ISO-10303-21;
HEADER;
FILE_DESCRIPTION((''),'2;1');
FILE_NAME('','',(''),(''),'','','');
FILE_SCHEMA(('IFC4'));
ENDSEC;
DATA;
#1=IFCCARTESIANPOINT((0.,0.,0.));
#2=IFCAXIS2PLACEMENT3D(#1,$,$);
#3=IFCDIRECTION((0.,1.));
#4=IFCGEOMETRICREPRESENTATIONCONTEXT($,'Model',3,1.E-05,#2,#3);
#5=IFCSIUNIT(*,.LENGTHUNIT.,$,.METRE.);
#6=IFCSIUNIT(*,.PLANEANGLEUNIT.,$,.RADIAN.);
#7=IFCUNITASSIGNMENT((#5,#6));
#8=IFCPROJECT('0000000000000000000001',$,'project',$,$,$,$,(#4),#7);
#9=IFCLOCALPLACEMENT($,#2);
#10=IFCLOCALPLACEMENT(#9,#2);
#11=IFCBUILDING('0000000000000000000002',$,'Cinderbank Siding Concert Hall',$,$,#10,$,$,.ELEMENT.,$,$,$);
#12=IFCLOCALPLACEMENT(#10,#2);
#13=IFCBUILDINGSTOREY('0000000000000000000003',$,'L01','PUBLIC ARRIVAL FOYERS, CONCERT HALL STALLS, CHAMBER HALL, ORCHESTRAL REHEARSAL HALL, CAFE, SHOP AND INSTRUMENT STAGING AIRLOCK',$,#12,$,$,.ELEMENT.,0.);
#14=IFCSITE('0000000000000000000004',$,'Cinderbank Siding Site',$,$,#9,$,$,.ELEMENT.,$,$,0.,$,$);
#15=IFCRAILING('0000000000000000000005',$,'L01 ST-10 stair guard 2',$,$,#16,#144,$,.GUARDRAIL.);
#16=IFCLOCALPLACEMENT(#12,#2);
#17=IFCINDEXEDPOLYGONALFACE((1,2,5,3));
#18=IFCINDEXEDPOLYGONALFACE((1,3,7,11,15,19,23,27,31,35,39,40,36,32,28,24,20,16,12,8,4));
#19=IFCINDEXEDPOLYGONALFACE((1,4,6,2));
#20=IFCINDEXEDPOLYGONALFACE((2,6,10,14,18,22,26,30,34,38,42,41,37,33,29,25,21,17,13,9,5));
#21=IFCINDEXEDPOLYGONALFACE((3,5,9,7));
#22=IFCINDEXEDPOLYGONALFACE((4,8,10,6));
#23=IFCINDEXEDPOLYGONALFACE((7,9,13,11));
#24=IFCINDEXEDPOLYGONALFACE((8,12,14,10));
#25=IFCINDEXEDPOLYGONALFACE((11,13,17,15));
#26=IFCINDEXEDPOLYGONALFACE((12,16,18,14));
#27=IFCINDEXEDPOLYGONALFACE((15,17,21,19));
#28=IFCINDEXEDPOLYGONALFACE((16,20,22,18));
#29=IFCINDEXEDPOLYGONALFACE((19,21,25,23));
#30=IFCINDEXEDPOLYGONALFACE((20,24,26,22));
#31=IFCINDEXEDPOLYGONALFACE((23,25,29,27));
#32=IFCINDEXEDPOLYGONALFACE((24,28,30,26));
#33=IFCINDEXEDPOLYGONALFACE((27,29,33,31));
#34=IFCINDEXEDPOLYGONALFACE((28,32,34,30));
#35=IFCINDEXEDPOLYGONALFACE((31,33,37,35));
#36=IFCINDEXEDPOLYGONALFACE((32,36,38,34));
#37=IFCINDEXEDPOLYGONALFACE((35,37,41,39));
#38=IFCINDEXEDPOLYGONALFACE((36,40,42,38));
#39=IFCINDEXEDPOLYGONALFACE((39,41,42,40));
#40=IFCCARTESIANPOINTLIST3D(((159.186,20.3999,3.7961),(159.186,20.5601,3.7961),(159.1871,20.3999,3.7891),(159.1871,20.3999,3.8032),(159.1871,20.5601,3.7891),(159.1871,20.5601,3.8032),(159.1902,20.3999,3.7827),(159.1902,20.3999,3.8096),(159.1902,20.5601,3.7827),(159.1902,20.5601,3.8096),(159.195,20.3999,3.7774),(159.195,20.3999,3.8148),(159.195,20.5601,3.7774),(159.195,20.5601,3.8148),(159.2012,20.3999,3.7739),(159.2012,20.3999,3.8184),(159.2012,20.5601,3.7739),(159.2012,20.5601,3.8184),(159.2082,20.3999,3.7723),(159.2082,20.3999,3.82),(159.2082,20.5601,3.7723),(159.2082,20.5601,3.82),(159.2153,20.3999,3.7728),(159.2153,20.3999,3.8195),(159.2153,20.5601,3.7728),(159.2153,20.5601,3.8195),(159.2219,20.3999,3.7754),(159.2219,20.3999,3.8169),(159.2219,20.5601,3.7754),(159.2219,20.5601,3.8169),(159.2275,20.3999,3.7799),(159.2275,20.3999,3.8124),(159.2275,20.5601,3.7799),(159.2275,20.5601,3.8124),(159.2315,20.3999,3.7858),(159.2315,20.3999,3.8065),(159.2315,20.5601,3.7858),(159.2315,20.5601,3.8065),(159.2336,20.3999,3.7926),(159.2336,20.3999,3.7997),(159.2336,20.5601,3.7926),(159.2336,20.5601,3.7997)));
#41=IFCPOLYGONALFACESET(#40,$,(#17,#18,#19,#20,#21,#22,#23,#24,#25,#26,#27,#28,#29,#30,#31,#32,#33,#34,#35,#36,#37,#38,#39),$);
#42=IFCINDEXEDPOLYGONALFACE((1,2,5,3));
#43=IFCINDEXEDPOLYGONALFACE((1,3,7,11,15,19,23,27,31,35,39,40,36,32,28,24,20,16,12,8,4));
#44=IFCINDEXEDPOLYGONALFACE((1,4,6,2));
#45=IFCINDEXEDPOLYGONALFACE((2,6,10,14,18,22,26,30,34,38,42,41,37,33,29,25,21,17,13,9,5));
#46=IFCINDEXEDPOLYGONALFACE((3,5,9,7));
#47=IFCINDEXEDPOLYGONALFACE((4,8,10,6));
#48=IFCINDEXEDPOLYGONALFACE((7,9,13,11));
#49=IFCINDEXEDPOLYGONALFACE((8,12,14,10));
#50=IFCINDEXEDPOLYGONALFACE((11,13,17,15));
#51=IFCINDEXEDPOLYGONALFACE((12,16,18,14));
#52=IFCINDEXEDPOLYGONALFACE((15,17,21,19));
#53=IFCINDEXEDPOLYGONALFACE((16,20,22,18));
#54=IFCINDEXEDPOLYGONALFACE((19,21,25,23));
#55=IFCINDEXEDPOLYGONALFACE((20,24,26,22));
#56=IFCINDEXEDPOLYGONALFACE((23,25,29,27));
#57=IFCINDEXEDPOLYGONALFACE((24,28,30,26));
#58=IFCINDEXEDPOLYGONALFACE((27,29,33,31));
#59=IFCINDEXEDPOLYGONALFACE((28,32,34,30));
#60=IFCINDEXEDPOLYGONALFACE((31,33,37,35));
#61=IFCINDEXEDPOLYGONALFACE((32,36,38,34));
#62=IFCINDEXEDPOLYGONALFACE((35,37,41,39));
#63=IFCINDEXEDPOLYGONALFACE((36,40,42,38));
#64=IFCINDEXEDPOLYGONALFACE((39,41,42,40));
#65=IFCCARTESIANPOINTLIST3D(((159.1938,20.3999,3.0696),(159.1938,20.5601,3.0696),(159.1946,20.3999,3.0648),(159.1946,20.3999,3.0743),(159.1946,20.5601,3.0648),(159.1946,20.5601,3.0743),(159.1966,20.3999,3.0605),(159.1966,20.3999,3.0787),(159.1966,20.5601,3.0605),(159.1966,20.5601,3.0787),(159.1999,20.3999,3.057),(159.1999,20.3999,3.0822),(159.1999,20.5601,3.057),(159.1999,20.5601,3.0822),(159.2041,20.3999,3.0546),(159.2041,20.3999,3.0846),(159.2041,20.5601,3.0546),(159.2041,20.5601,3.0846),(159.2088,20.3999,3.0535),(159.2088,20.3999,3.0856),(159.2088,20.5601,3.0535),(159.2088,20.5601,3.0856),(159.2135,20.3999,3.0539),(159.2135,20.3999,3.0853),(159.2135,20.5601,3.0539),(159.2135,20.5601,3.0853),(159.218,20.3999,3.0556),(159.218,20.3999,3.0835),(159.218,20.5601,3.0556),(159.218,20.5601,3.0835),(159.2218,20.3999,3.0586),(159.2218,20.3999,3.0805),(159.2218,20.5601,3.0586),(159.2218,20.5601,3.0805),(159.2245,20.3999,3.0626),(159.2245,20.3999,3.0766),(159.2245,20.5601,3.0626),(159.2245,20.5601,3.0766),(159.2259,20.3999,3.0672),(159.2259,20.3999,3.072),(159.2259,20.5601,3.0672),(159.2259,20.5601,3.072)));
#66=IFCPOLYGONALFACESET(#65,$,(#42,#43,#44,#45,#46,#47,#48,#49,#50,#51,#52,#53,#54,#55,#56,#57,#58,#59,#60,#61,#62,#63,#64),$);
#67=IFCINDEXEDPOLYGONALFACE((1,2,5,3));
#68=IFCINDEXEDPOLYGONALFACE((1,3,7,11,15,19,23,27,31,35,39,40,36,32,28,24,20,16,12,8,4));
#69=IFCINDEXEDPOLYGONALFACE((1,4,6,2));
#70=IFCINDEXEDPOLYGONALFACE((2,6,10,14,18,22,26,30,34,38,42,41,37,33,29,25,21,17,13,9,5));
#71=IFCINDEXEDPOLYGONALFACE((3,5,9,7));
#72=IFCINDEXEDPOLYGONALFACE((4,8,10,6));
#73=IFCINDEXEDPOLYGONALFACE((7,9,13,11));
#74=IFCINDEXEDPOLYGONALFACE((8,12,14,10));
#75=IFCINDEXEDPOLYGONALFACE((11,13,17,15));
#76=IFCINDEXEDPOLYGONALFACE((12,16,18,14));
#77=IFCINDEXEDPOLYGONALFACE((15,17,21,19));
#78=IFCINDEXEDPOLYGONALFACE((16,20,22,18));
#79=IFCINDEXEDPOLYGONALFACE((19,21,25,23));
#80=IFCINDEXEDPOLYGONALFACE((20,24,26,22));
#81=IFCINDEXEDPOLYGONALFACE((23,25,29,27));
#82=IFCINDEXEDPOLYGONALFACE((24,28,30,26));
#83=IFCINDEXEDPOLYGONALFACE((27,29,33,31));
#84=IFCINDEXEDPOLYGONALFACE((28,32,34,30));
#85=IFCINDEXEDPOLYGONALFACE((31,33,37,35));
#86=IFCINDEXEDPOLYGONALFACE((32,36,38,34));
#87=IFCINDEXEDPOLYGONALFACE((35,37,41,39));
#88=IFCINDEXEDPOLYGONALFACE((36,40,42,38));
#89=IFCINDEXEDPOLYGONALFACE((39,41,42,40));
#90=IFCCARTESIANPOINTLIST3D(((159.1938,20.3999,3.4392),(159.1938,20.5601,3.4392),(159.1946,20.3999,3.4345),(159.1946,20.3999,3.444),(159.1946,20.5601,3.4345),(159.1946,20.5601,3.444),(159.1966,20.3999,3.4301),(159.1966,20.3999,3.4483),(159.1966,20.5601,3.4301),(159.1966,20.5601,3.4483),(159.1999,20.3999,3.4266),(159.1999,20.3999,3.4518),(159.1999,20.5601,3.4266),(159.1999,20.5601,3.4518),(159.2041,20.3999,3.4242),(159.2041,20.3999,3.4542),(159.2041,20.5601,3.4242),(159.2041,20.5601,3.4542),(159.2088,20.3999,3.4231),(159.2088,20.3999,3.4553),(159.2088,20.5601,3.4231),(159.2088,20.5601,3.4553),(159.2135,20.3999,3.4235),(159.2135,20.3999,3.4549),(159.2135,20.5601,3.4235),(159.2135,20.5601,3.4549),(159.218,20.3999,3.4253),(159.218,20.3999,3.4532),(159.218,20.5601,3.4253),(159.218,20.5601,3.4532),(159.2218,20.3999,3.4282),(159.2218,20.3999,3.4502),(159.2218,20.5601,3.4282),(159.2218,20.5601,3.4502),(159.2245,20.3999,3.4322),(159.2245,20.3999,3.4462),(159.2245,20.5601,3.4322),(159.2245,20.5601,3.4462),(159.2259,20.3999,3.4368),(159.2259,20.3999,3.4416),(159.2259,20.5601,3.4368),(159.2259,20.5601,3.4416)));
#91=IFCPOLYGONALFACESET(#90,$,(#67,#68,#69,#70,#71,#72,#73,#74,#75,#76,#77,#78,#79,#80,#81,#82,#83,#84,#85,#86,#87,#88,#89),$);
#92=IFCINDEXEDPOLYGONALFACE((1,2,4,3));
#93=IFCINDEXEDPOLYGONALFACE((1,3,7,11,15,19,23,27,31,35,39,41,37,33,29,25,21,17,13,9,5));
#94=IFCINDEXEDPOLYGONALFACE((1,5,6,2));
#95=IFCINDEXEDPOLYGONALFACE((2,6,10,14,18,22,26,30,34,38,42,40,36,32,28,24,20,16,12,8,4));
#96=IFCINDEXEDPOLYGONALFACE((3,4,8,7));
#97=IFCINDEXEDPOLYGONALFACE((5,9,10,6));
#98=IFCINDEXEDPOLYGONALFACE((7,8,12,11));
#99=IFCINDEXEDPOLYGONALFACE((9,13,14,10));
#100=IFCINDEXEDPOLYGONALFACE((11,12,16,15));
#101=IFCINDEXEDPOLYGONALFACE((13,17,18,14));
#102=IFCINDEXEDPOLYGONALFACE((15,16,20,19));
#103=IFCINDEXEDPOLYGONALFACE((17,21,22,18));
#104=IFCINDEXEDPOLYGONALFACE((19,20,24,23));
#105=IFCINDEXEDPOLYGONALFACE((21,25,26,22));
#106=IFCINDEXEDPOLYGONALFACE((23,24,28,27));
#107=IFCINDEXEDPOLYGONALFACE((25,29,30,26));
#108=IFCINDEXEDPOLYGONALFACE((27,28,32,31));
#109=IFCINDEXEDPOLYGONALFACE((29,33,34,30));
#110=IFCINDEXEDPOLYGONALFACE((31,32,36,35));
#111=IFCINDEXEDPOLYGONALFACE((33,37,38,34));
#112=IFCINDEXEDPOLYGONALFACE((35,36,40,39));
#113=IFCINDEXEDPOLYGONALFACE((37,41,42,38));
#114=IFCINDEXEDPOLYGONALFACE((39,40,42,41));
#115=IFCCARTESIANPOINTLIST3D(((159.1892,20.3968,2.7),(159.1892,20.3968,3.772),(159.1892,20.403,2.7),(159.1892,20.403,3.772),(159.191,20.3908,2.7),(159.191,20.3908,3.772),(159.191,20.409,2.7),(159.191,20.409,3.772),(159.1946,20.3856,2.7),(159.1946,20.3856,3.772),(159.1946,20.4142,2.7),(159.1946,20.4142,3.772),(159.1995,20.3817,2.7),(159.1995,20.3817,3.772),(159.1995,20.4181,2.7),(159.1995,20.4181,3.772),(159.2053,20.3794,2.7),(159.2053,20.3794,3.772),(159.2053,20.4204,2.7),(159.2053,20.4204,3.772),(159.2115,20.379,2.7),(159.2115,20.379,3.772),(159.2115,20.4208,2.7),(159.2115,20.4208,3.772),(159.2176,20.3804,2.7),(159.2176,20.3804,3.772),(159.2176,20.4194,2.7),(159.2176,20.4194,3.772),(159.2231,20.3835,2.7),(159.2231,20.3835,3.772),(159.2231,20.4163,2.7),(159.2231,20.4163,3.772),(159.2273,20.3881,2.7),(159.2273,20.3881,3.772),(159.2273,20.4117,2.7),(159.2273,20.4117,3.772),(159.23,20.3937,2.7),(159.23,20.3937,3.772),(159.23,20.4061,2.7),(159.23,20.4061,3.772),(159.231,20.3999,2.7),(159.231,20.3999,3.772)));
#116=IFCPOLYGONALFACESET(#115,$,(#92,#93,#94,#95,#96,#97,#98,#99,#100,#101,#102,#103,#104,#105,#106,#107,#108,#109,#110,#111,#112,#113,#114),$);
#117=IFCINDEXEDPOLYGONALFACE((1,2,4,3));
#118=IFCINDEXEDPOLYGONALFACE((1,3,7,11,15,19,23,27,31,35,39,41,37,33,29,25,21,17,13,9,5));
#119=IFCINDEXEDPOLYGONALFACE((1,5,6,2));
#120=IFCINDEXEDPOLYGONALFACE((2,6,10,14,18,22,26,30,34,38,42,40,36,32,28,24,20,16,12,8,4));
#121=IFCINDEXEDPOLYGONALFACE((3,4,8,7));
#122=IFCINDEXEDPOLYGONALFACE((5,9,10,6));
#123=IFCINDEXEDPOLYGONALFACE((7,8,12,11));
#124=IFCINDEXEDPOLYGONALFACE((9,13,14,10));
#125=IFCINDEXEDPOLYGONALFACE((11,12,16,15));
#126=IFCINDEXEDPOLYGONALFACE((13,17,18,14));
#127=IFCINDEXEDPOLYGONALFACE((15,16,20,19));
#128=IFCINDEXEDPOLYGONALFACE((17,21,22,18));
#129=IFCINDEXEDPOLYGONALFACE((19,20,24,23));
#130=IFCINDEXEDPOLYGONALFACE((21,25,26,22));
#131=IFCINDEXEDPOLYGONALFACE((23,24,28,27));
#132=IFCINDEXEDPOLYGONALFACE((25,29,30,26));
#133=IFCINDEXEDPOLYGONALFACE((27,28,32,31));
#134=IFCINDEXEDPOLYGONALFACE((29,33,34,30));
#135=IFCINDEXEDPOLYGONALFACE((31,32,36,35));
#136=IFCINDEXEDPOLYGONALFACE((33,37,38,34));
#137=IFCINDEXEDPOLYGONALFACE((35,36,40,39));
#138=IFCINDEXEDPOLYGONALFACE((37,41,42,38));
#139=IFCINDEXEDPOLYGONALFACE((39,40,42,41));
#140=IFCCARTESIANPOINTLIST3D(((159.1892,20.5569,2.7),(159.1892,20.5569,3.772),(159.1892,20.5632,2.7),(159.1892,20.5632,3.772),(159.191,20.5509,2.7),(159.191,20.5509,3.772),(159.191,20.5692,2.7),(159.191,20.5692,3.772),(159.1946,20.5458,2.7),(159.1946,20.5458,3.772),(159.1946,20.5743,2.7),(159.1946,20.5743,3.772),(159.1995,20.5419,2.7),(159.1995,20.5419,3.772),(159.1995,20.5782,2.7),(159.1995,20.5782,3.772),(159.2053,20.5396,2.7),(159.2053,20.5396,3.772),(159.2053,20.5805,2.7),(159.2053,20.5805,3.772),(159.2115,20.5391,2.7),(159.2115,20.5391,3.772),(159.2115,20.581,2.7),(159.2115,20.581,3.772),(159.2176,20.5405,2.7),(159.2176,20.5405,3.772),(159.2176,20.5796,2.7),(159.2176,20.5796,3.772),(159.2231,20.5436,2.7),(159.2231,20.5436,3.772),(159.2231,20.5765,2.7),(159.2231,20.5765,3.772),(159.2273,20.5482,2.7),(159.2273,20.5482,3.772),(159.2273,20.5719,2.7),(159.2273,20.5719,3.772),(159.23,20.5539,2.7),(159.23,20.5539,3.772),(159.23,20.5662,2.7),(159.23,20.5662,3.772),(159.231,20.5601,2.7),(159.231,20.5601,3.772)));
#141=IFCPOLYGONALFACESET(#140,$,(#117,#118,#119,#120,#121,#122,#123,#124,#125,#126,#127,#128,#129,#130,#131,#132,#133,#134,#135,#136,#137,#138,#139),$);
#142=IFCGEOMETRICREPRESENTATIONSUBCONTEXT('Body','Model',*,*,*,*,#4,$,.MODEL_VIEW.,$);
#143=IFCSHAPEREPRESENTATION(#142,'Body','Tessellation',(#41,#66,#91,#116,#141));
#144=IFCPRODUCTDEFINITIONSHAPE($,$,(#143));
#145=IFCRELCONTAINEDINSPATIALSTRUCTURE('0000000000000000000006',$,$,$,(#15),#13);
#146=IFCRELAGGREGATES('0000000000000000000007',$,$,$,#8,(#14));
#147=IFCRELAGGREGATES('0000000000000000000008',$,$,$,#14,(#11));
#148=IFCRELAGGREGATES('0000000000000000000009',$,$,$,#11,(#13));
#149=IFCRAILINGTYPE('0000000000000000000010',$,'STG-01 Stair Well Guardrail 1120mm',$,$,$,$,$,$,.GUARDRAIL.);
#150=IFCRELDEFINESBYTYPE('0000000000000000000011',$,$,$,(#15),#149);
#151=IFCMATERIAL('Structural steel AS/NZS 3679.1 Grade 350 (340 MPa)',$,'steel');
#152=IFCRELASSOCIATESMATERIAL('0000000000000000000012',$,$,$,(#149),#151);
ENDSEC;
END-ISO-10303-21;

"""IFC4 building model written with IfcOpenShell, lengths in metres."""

from ifc_helpers import new_model, si_unit, direction, frame, origin, origin_2d, place, context, subcontext, project, spatial, circle, extrude, material, type_object, element, save


model = new_model("IFC4")

# Units and contexts
model_context = context("Model", 3, precision=1e-05, world=origin(), true_north=direction((0.0, 1.0)))
body_context = subcontext(model_context, "Body", "Model", "MODEL_VIEW")
ifc_project = project(units=[si_unit("LENGTHUNIT", "METRE"), si_unit("PLANEANGLEUNIT", "RADIAN")], contexts=[model_context])

# Site, building, storey
site_placement = place(None, origin())
site = spatial("IfcSite", under=ifc_project, at=site_placement, Name="Cinderbank Siding Site", CompositionType="ELEMENT", RefElevation=0.0)
building_placement = place(site_placement, origin())
building = spatial("IfcBuilding", under=site, at=building_placement, Name="Cinderbank Siding Concert Hall", CompositionType="ELEMENT")
storey_placement = place(building_placement, origin())
storey = spatial("IfcBuildingStorey", under=building, at=storey_placement, Name="L01", Description="PUBLIC ARRIVAL FOYERS, CONCERT HALL STALLS, CHAMBER HALL, ORCHESTRAL REHEARSAL HALL, CAFE, SHOP AND INSTRUMENT STAGING AIRLOCK", CompositionType="ELEMENT", Elevation=0.0)

# Shared definitions
ifc_material_1 = material(Name="Structural steel AS/NZS 3679.1 Grade 350 (340 MPa)", Category="steel")

# Railing
railing_type_1 = type_object("IfcRailingType", Name="STG-01 Stair Well Guardrail 1120mm", PredefinedType="GUARDRAIL", material=ifc_material_1)
railing_1_placement = place(storey_placement, frame((159.21, 20.3999, 2.7)))
element("IfcRailing", 1, at=railing_1_placement, inside=storey, type_object=railing_type_1, Name="L01 ST-10 stair guard 2", PredefinedType="GUARDRAIL", context=body_context, shape_type="SweptSolid", body=[
    extrude(circle(Radius=0.0239, at=origin_2d()), frame((0.0, 0.0, 1.0962), z_axis=(0.0, 1.0, 0.0), x_axis=(-1.0, 0.0, 0.0)), (0.0, 0.0, 1.0), 0.1602),
    extrude(circle(Radius=0.0161, at=origin_2d()), frame((0.0, 0.0, 0.3696), z_axis=(0.0, 1.0, 0.0), x_axis=(-1.0, 0.0, 0.0)), (0.0, 0.0, 1.0), 0.1602),
    extrude(circle(Radius=0.0161, at=origin_2d()), frame((0.0, 0.0, 0.7393), z_axis=(0.0, 1.0, 0.0), x_axis=(-1.0, 0.0, 0.0)), (0.0, 0.0, 1.0), 0.1602),
    extrude(circle(Radius=0.021, at=origin_2d()), origin(), (0.0, 0.0, 1.0), 1.072),
    extrude(circle(Radius=0.021, at=origin_2d()), frame((0.0, 0.1602, 0.0)), (0.0, 0.0, 1.0), 1.072),
])

save(model, "model.ifc")
